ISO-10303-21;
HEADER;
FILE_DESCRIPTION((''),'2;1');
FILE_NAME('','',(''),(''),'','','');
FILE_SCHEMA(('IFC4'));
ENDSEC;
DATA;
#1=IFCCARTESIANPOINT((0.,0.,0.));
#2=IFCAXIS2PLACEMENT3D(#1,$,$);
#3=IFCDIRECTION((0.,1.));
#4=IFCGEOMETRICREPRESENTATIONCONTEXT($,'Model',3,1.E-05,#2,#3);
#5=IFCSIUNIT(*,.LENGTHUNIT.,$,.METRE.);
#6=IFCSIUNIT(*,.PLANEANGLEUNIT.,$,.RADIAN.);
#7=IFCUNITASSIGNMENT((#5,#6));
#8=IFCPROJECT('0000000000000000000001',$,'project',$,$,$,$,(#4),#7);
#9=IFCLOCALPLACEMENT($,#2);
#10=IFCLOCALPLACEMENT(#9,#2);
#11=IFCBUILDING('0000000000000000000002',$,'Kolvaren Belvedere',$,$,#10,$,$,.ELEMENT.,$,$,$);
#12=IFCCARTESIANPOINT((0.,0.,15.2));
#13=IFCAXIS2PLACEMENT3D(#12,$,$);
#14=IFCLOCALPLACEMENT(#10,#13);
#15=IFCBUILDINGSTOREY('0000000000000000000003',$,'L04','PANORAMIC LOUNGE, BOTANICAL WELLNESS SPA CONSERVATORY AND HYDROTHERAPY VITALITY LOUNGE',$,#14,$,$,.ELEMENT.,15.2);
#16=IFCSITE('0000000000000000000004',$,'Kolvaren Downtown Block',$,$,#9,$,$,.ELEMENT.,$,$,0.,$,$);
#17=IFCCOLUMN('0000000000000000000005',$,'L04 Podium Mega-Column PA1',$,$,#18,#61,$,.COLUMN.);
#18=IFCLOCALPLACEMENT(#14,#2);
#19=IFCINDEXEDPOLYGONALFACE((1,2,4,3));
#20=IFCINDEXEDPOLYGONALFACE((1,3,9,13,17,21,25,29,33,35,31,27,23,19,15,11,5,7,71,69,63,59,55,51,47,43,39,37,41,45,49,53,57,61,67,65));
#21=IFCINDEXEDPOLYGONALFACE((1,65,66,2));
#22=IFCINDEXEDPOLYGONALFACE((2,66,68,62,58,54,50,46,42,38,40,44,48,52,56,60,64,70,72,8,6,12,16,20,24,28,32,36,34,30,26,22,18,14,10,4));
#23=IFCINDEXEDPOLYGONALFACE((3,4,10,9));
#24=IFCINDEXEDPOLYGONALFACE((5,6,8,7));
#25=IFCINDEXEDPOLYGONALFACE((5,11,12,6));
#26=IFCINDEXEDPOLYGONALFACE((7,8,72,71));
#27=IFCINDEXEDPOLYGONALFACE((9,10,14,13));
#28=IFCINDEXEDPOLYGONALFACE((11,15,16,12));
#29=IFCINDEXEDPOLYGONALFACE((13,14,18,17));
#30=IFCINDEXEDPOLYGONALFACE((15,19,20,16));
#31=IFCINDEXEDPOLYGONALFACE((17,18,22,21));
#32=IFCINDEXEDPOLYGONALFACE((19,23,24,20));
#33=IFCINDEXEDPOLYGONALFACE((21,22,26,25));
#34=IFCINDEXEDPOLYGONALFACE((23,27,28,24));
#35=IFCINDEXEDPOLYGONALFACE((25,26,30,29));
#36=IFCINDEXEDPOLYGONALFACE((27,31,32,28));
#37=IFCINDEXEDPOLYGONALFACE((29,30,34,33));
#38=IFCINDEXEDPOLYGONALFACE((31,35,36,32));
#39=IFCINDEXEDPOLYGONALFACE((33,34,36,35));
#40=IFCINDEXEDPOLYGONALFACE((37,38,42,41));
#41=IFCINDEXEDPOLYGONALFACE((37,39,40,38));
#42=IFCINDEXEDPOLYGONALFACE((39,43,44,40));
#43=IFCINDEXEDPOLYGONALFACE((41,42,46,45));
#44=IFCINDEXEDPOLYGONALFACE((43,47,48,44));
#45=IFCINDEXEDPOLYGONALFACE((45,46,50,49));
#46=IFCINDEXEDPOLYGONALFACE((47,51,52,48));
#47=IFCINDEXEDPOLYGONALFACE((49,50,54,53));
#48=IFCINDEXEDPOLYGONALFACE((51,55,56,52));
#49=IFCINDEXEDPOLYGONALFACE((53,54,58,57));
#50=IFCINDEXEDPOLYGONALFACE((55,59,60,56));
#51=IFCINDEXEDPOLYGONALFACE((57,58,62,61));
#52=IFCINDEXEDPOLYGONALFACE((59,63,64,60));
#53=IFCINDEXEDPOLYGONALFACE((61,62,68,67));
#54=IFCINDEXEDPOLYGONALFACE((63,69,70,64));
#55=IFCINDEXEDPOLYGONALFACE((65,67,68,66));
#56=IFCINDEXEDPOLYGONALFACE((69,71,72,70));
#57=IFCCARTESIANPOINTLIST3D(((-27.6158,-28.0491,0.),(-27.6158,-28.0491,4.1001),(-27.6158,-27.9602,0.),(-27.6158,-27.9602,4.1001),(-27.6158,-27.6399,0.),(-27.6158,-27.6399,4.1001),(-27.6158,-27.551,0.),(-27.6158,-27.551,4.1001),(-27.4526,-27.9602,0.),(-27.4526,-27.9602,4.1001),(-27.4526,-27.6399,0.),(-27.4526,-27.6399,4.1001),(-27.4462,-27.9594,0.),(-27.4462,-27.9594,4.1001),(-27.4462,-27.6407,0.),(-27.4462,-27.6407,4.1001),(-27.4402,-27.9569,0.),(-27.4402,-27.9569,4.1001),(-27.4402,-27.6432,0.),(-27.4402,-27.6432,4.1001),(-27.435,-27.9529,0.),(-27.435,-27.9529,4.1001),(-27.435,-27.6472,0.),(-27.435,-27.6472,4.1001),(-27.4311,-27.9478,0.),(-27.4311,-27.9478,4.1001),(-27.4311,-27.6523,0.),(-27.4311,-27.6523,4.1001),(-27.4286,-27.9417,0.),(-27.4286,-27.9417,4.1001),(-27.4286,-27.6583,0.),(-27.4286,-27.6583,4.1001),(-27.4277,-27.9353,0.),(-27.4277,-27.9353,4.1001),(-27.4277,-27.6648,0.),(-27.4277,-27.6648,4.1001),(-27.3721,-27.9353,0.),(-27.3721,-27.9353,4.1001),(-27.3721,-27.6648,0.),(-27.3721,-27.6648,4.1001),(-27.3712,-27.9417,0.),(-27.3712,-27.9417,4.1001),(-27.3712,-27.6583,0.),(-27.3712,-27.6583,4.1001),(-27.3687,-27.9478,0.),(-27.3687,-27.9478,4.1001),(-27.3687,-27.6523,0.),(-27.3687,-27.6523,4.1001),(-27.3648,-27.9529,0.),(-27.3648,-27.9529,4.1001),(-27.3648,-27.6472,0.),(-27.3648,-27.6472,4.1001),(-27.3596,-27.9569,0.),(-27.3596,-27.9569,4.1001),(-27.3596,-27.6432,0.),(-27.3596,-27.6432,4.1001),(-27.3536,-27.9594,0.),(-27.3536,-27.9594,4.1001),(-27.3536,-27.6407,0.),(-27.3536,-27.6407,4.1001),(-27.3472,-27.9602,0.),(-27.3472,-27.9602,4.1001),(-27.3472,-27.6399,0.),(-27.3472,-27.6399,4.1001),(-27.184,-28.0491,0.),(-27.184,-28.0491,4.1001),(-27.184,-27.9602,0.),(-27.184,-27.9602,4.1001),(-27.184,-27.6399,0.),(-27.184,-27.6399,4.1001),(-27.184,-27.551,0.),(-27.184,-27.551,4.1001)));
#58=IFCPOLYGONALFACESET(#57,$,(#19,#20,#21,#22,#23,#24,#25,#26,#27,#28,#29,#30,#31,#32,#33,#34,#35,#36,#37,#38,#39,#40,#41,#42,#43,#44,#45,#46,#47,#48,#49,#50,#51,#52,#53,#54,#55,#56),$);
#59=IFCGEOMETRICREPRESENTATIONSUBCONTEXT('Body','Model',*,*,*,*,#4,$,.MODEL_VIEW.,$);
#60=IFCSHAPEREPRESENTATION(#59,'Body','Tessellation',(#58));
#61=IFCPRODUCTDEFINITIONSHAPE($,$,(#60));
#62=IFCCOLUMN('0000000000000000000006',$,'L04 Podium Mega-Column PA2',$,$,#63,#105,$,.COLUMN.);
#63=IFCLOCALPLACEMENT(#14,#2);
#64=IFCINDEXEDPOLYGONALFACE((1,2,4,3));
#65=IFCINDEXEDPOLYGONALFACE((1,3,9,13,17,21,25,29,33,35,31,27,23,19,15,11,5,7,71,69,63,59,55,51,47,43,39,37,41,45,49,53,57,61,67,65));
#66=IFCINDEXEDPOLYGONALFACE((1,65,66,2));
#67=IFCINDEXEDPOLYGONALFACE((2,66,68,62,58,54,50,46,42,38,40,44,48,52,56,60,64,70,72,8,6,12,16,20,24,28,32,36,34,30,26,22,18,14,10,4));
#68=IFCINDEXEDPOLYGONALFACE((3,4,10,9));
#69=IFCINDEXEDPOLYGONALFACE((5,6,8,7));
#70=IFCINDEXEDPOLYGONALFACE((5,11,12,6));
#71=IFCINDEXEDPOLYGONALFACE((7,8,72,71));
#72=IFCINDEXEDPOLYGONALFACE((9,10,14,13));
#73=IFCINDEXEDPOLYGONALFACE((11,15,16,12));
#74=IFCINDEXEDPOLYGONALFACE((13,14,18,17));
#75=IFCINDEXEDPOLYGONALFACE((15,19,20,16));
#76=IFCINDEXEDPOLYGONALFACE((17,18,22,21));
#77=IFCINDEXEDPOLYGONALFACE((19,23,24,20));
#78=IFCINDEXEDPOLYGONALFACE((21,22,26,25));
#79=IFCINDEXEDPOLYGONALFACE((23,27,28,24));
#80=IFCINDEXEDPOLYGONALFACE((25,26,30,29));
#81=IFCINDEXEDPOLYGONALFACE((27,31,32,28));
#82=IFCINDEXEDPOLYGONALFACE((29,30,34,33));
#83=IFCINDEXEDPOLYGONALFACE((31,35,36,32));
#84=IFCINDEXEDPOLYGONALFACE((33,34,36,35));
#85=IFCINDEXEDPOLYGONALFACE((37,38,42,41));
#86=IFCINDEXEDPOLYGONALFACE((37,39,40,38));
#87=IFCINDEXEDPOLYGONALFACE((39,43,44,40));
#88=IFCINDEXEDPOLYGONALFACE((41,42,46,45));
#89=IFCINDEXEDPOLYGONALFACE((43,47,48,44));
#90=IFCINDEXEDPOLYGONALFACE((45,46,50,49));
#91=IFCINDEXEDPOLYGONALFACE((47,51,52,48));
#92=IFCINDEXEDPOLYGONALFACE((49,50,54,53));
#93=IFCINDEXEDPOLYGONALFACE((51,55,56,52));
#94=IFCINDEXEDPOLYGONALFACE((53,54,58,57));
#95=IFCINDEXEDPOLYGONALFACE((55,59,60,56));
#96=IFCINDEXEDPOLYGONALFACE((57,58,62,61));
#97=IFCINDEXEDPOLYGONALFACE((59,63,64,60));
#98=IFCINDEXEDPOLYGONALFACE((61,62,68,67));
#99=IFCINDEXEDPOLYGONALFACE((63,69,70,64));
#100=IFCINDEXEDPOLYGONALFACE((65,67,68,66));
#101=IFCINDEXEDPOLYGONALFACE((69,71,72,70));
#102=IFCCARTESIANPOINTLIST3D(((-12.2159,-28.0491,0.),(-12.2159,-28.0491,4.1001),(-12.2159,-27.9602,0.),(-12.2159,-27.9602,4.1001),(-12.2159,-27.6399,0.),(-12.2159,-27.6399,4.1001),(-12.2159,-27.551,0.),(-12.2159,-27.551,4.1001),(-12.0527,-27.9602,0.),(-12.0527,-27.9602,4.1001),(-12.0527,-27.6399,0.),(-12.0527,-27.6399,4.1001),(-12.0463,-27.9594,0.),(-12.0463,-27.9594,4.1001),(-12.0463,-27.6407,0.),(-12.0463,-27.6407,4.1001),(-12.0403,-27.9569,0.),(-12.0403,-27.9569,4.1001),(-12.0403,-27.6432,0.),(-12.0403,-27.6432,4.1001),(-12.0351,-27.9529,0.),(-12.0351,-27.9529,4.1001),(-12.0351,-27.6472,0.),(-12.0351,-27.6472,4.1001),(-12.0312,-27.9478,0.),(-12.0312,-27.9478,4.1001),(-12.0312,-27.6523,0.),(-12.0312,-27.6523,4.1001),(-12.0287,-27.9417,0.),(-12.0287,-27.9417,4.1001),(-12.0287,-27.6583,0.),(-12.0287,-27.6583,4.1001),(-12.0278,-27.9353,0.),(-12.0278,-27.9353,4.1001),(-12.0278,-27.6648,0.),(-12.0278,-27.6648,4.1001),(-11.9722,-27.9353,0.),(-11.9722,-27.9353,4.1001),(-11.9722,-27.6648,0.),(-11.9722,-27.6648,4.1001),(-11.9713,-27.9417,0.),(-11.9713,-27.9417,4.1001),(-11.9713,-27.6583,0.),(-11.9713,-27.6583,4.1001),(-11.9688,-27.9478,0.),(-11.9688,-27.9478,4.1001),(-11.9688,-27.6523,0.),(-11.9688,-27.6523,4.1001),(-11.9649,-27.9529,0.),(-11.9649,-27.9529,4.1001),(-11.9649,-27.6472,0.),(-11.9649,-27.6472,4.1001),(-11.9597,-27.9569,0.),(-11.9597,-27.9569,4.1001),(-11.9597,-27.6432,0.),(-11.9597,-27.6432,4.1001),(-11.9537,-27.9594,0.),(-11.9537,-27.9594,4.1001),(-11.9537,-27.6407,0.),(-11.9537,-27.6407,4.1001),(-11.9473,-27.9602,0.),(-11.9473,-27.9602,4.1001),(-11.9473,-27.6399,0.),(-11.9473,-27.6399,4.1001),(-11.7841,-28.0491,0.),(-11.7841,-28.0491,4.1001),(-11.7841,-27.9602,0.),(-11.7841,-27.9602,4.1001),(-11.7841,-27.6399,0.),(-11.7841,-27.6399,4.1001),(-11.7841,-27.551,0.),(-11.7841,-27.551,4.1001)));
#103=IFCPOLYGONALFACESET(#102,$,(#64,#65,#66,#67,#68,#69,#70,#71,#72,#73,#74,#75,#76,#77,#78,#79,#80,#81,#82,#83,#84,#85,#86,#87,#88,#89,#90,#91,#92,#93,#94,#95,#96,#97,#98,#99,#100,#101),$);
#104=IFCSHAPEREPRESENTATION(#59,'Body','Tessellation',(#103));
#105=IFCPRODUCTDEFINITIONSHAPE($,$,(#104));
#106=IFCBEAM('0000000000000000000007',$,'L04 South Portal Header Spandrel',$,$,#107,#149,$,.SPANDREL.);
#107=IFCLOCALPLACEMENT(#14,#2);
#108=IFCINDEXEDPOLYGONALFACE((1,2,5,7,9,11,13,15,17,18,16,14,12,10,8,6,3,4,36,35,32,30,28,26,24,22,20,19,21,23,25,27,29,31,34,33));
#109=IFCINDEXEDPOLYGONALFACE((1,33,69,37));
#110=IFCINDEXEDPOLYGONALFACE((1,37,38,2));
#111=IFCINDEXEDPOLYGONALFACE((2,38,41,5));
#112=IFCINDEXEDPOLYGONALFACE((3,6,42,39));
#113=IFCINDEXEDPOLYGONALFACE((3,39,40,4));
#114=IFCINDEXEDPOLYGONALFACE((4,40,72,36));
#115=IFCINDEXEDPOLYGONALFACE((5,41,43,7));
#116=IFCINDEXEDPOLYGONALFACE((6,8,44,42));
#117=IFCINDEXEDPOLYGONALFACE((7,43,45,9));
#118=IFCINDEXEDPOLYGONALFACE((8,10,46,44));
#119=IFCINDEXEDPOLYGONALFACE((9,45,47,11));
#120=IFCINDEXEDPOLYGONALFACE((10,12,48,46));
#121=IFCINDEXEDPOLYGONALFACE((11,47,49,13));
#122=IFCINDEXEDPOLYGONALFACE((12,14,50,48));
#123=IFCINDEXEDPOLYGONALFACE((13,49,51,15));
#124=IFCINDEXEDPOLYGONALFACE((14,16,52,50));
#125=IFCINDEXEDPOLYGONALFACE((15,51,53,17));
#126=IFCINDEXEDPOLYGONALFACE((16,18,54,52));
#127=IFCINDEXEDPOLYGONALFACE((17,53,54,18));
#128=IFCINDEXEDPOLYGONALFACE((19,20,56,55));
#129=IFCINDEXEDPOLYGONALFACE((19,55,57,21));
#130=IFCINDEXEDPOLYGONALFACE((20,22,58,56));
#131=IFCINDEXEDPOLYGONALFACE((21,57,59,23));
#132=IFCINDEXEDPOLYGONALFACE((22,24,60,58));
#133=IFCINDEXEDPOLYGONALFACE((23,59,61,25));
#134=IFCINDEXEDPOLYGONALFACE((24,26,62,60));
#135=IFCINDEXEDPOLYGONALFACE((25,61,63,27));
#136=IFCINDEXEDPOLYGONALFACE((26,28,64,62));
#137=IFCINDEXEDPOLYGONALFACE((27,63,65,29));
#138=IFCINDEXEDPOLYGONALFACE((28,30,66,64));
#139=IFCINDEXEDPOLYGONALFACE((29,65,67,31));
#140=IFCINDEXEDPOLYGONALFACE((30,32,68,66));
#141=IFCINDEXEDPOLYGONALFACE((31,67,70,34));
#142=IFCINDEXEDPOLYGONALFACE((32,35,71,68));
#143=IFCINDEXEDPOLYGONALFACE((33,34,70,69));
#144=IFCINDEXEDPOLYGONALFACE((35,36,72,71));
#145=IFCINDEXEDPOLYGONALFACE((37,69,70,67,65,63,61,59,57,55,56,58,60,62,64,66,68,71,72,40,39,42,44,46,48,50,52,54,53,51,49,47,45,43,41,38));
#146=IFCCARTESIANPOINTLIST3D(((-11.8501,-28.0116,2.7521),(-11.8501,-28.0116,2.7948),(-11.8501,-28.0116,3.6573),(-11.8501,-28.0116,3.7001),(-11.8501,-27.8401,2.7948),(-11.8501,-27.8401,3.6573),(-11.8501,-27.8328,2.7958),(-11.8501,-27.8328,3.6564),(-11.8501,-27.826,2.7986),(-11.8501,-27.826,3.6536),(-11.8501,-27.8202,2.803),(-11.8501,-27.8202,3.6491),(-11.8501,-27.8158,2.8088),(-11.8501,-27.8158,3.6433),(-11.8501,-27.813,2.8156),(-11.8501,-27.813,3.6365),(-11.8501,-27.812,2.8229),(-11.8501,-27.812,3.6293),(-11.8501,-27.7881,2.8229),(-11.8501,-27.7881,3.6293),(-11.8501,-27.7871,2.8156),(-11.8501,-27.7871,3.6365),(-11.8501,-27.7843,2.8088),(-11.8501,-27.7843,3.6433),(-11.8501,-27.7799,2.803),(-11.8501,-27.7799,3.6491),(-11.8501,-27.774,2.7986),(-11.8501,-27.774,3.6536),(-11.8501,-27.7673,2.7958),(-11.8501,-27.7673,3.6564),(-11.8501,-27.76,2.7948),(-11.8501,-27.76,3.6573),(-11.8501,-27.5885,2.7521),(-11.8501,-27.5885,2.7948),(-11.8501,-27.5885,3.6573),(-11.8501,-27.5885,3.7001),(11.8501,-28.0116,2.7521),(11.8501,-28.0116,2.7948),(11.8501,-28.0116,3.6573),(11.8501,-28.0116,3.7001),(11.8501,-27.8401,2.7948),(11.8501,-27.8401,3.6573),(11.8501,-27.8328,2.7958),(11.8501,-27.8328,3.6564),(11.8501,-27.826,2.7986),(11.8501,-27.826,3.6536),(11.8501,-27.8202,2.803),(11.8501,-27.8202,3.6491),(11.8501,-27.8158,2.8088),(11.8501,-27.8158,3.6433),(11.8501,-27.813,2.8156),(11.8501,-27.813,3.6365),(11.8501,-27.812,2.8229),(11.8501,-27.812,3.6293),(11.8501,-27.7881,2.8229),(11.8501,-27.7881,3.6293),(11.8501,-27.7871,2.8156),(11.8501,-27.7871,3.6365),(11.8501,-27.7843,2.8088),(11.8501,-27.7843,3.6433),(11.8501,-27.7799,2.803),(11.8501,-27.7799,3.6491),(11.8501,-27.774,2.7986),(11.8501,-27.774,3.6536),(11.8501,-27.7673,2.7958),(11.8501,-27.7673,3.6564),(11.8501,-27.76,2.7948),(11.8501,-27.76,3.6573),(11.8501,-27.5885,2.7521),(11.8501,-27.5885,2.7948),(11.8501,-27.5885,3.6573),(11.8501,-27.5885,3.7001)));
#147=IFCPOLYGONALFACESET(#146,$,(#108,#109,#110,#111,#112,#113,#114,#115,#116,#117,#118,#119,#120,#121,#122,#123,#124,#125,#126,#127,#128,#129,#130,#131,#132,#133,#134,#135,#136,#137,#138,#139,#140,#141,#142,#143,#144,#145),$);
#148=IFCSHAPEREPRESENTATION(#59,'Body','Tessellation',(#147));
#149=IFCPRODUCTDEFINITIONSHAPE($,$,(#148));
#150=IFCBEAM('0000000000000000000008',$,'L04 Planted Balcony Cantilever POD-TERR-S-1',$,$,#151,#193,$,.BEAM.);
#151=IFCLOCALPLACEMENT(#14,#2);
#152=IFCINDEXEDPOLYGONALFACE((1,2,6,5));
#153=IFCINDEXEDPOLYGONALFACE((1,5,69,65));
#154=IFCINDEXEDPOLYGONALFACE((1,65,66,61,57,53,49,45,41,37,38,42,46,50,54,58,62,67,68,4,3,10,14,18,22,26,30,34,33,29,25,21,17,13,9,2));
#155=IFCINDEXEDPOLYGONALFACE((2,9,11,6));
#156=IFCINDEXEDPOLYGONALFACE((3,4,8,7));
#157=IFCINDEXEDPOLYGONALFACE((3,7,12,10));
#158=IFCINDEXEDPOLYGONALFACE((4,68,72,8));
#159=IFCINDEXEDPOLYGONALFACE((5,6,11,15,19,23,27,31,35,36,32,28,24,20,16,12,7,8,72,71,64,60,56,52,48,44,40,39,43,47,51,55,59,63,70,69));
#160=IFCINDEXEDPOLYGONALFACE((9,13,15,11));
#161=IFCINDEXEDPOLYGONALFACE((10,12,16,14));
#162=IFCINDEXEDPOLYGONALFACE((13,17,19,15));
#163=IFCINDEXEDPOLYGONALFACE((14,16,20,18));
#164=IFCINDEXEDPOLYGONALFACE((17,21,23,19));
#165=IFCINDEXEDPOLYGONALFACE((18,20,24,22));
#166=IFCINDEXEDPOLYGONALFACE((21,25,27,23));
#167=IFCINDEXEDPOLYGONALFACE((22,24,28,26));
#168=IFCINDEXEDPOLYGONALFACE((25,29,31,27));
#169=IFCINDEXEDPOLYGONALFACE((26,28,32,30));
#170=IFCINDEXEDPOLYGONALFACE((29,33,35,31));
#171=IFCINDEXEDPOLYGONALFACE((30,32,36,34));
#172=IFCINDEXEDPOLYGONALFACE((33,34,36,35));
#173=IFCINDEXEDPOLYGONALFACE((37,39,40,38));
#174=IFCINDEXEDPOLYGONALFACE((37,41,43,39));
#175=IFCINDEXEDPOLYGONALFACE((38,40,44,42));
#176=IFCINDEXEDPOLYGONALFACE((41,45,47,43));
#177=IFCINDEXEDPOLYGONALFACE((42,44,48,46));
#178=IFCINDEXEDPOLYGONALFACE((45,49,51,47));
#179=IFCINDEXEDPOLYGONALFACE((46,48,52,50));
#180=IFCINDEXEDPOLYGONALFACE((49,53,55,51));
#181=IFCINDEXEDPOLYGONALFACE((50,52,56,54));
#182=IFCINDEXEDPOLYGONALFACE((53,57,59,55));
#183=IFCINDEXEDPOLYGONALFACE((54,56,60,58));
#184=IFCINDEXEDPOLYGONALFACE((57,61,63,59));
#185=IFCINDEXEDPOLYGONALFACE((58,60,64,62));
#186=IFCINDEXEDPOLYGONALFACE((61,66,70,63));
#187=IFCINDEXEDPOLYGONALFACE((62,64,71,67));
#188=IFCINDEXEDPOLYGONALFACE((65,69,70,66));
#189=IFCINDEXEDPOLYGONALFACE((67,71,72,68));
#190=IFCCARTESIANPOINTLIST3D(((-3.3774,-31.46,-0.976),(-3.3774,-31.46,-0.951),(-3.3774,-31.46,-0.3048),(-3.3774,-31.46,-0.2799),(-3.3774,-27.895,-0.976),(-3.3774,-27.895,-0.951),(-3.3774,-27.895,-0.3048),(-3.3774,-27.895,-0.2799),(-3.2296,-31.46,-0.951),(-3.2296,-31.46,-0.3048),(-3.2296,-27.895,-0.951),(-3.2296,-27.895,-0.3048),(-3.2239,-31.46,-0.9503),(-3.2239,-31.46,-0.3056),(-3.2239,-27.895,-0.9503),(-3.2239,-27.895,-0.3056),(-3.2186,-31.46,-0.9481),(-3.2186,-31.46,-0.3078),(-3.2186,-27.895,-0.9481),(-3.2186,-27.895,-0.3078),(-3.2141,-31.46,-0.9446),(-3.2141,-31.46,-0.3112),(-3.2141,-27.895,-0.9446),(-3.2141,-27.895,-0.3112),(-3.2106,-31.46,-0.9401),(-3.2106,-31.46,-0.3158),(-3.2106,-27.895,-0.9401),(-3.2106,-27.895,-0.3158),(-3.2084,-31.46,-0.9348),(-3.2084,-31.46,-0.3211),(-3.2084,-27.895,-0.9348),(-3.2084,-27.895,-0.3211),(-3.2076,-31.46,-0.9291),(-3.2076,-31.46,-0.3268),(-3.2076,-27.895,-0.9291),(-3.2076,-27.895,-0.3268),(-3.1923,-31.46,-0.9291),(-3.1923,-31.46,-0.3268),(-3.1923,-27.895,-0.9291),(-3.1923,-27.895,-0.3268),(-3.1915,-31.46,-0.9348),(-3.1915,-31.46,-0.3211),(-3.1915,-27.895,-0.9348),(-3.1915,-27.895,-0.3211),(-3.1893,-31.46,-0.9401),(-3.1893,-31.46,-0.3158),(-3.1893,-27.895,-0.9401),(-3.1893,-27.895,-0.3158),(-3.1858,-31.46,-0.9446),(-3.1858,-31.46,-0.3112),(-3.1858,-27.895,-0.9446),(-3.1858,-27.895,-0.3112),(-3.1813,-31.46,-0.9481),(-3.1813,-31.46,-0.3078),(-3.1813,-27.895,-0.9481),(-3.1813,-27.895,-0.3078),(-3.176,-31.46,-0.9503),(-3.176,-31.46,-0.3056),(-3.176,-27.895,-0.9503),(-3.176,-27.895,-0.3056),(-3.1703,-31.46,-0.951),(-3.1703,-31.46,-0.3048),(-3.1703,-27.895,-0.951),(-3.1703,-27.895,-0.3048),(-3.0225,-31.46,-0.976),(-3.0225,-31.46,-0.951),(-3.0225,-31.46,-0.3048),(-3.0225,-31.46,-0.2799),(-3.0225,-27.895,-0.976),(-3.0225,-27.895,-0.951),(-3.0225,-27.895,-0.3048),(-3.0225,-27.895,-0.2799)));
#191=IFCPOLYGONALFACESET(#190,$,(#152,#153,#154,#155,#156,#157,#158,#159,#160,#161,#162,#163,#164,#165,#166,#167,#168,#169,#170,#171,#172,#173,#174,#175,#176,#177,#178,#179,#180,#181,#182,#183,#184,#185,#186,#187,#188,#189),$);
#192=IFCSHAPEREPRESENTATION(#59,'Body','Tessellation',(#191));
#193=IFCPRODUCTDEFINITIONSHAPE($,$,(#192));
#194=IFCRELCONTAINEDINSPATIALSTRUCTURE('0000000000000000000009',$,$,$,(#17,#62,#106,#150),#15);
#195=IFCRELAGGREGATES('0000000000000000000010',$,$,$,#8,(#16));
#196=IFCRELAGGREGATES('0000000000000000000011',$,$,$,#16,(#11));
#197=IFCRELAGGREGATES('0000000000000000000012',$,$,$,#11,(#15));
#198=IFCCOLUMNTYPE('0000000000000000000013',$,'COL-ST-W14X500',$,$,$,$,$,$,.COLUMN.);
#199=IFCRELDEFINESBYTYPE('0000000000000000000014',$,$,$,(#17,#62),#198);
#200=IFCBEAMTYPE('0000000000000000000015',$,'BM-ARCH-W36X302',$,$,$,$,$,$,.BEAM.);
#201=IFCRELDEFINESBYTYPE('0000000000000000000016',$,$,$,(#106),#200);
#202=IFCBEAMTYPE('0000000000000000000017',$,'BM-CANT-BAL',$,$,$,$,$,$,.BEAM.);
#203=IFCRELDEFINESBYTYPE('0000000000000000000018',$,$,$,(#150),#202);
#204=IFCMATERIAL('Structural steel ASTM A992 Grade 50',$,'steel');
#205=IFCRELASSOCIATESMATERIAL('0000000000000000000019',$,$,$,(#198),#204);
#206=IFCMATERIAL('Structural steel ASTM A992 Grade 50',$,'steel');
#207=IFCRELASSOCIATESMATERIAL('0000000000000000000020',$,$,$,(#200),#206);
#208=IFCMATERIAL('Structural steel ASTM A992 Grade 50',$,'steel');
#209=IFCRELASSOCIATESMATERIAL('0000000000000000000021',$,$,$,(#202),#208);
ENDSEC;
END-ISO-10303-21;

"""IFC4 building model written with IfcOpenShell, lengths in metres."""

from ifc_helpers import new_model, si_unit, direction, frame, origin, origin_2d, place, context, subcontext, project, spatial, i_section, extrude, material, material_profile, profile_set, type_object, element, save


model = new_model("IFC4")

# Units and contexts
model_context = context("Model", 3, precision=1e-05, world=origin(), true_north=direction((0.0, 1.0)))
body_context = subcontext(model_context, "Body", "Model", "MODEL_VIEW")
ifc_project = project(units=[si_unit("LENGTHUNIT", "METRE"), si_unit("PLANEANGLEUNIT", "RADIAN")], contexts=[model_context])

# Site, building, storey
site_placement = place(None, origin())
site = spatial("IfcSite", under=ifc_project, at=site_placement, Name="Kolvaren Downtown Block", CompositionType="ELEMENT", RefElevation=0.0)
building_placement = place(site_placement, origin())
building = spatial("IfcBuilding", under=site, at=building_placement, Name="Kolvaren Belvedere", CompositionType="ELEMENT")
storey_placement = place(building_placement, frame((0.0, 0.0, 15.2)))
storey = spatial("IfcBuildingStorey", under=building, at=storey_placement, Name="L04", Description="PANORAMIC LOUNGE, BOTANICAL WELLNESS SPA CONSERVATORY AND HYDROTHERAPY VITALITY LOUNGE", CompositionType="ELEMENT", Elevation=15.2)

# Columns
ifc_material_1 = material(Name="Structural steel ASTM A992 Grade 50", Category="steel")
ifc_material_profile_1 = material_profile(ifc_material_1, i_section(OverallWidth=0.4319, OverallDepth=0.498, WebThickness=0.0557, FlangeThickness=0.0889, FilletRadius=0.0249, at=origin_2d()), Name="W14X500")
ifc_profile_set_1 = profile_set([ifc_material_profile_1], Name="Structural steel ASTM A992 Grade 50")
column_type = type_object("IfcColumnType", Name="COL-ST-W14X500", PredefinedType="COLUMN", material=ifc_profile_set_1)
for number, where, z_axis, x_axis, name in (
    (1, (-27.3999, -27.8, 0.0), (0.0, 0.0, 1.0), (1.0, 0.0, 0.0), "L04 Podium Mega-Column PA1"),
    (2, (-12.0, -27.8, 0.0), (0.0, 0.0, 1.0), (1.0, 0.0, 0.0), "L04 Podium Mega-Column PA2"),
):
    element("IfcColumn", number, at=place(storey_placement, frame(where, z_axis=z_axis, x_axis=x_axis)), inside=storey, type_object=column_type, Name=name, PredefinedType="COLUMN", context=body_context, shape_type="SweptSolid", body=[
        extrude(i_section(OverallWidth=0.4319, OverallDepth=0.498, WebThickness=0.0557, FlangeThickness=0.0889, FilletRadius=0.0249, at=origin_2d()), origin(), (0.0, 0.0, 1.0), 4.1001),
    ])

# Beams
ifc_material_2 = material(Name="Structural steel ASTM A992 Grade 50", Category="steel")
ifc_material_profile_2 = material_profile(ifc_material_2, i_section(OverallWidth=0.4231, OverallDepth=0.948, WebThickness=0.0239, FlangeThickness=0.0427, FilletRadius=0.0281, at=origin_2d()), Name="W36X302")
ifc_profile_set_2 = profile_set([ifc_material_profile_2], Name="Structural steel ASTM A992 Grade 50")
beam_type_1 = type_object("IfcBeamType", Name="BM-ARCH-W36X302", PredefinedType="BEAM", material=ifc_profile_set_2)
beam_1_placement = place(storey_placement, frame((-11.8501, -27.8, 3.2261), z_axis=(1.0, 0.0, 0.0), x_axis=(0.0, 1.0, 0.0)))
element("IfcBeam", 3, at=beam_1_placement, inside=storey, type_object=beam_type_1, Name="L04 South Portal Header Spandrel", PredefinedType="SPANDREL", context=body_context, shape_type="SweptSolid", body=[
    extrude(i_section(OverallWidth=0.4231, OverallDepth=0.948, WebThickness=0.0239, FlangeThickness=0.0427, FilletRadius=0.0281, at=origin_2d()), origin(), (0.0, 0.0, 1.0), 23.7002),
])
ifc_material_3 = material(Name="Structural steel ASTM A992 Grade 50", Category="steel")
ifc_material_profile_3 = material_profile(ifc_material_3, i_section(OverallWidth=0.355, OverallDepth=0.696, WebThickness=0.0154, FlangeThickness=0.0249, FilletRadius=0.022, at=origin_2d()), Name="W27X146")
ifc_profile_set_3 = profile_set([ifc_material_profile_3], Name="Structural steel ASTM A992 Grade 50")
beam_type_2 = type_object("IfcBeamType", Name="BM-CANT-BAL", PredefinedType="BEAM", material=ifc_profile_set_3)
beam_2_placement = place(storey_placement, frame((-3.2, -27.895, -0.6279), z_axis=(0.0, -1.0, 0.0), x_axis=(1.0, 0.0, 0.0)))
element("IfcBeam", 4, at=beam_2_placement, inside=storey, type_object=beam_type_2, Name="L04 Planted Balcony Cantilever POD-TERR-S-1", PredefinedType="BEAM", context=body_context, shape_type="SweptSolid", body=[
    extrude(i_section(OverallWidth=0.355, OverallDepth=0.696, WebThickness=0.0154, FlangeThickness=0.0249, FilletRadius=0.022, at=origin_2d()), origin(), (0.0, 0.0, 1.0), 3.5649),
])

save(model, "model.ifc")
